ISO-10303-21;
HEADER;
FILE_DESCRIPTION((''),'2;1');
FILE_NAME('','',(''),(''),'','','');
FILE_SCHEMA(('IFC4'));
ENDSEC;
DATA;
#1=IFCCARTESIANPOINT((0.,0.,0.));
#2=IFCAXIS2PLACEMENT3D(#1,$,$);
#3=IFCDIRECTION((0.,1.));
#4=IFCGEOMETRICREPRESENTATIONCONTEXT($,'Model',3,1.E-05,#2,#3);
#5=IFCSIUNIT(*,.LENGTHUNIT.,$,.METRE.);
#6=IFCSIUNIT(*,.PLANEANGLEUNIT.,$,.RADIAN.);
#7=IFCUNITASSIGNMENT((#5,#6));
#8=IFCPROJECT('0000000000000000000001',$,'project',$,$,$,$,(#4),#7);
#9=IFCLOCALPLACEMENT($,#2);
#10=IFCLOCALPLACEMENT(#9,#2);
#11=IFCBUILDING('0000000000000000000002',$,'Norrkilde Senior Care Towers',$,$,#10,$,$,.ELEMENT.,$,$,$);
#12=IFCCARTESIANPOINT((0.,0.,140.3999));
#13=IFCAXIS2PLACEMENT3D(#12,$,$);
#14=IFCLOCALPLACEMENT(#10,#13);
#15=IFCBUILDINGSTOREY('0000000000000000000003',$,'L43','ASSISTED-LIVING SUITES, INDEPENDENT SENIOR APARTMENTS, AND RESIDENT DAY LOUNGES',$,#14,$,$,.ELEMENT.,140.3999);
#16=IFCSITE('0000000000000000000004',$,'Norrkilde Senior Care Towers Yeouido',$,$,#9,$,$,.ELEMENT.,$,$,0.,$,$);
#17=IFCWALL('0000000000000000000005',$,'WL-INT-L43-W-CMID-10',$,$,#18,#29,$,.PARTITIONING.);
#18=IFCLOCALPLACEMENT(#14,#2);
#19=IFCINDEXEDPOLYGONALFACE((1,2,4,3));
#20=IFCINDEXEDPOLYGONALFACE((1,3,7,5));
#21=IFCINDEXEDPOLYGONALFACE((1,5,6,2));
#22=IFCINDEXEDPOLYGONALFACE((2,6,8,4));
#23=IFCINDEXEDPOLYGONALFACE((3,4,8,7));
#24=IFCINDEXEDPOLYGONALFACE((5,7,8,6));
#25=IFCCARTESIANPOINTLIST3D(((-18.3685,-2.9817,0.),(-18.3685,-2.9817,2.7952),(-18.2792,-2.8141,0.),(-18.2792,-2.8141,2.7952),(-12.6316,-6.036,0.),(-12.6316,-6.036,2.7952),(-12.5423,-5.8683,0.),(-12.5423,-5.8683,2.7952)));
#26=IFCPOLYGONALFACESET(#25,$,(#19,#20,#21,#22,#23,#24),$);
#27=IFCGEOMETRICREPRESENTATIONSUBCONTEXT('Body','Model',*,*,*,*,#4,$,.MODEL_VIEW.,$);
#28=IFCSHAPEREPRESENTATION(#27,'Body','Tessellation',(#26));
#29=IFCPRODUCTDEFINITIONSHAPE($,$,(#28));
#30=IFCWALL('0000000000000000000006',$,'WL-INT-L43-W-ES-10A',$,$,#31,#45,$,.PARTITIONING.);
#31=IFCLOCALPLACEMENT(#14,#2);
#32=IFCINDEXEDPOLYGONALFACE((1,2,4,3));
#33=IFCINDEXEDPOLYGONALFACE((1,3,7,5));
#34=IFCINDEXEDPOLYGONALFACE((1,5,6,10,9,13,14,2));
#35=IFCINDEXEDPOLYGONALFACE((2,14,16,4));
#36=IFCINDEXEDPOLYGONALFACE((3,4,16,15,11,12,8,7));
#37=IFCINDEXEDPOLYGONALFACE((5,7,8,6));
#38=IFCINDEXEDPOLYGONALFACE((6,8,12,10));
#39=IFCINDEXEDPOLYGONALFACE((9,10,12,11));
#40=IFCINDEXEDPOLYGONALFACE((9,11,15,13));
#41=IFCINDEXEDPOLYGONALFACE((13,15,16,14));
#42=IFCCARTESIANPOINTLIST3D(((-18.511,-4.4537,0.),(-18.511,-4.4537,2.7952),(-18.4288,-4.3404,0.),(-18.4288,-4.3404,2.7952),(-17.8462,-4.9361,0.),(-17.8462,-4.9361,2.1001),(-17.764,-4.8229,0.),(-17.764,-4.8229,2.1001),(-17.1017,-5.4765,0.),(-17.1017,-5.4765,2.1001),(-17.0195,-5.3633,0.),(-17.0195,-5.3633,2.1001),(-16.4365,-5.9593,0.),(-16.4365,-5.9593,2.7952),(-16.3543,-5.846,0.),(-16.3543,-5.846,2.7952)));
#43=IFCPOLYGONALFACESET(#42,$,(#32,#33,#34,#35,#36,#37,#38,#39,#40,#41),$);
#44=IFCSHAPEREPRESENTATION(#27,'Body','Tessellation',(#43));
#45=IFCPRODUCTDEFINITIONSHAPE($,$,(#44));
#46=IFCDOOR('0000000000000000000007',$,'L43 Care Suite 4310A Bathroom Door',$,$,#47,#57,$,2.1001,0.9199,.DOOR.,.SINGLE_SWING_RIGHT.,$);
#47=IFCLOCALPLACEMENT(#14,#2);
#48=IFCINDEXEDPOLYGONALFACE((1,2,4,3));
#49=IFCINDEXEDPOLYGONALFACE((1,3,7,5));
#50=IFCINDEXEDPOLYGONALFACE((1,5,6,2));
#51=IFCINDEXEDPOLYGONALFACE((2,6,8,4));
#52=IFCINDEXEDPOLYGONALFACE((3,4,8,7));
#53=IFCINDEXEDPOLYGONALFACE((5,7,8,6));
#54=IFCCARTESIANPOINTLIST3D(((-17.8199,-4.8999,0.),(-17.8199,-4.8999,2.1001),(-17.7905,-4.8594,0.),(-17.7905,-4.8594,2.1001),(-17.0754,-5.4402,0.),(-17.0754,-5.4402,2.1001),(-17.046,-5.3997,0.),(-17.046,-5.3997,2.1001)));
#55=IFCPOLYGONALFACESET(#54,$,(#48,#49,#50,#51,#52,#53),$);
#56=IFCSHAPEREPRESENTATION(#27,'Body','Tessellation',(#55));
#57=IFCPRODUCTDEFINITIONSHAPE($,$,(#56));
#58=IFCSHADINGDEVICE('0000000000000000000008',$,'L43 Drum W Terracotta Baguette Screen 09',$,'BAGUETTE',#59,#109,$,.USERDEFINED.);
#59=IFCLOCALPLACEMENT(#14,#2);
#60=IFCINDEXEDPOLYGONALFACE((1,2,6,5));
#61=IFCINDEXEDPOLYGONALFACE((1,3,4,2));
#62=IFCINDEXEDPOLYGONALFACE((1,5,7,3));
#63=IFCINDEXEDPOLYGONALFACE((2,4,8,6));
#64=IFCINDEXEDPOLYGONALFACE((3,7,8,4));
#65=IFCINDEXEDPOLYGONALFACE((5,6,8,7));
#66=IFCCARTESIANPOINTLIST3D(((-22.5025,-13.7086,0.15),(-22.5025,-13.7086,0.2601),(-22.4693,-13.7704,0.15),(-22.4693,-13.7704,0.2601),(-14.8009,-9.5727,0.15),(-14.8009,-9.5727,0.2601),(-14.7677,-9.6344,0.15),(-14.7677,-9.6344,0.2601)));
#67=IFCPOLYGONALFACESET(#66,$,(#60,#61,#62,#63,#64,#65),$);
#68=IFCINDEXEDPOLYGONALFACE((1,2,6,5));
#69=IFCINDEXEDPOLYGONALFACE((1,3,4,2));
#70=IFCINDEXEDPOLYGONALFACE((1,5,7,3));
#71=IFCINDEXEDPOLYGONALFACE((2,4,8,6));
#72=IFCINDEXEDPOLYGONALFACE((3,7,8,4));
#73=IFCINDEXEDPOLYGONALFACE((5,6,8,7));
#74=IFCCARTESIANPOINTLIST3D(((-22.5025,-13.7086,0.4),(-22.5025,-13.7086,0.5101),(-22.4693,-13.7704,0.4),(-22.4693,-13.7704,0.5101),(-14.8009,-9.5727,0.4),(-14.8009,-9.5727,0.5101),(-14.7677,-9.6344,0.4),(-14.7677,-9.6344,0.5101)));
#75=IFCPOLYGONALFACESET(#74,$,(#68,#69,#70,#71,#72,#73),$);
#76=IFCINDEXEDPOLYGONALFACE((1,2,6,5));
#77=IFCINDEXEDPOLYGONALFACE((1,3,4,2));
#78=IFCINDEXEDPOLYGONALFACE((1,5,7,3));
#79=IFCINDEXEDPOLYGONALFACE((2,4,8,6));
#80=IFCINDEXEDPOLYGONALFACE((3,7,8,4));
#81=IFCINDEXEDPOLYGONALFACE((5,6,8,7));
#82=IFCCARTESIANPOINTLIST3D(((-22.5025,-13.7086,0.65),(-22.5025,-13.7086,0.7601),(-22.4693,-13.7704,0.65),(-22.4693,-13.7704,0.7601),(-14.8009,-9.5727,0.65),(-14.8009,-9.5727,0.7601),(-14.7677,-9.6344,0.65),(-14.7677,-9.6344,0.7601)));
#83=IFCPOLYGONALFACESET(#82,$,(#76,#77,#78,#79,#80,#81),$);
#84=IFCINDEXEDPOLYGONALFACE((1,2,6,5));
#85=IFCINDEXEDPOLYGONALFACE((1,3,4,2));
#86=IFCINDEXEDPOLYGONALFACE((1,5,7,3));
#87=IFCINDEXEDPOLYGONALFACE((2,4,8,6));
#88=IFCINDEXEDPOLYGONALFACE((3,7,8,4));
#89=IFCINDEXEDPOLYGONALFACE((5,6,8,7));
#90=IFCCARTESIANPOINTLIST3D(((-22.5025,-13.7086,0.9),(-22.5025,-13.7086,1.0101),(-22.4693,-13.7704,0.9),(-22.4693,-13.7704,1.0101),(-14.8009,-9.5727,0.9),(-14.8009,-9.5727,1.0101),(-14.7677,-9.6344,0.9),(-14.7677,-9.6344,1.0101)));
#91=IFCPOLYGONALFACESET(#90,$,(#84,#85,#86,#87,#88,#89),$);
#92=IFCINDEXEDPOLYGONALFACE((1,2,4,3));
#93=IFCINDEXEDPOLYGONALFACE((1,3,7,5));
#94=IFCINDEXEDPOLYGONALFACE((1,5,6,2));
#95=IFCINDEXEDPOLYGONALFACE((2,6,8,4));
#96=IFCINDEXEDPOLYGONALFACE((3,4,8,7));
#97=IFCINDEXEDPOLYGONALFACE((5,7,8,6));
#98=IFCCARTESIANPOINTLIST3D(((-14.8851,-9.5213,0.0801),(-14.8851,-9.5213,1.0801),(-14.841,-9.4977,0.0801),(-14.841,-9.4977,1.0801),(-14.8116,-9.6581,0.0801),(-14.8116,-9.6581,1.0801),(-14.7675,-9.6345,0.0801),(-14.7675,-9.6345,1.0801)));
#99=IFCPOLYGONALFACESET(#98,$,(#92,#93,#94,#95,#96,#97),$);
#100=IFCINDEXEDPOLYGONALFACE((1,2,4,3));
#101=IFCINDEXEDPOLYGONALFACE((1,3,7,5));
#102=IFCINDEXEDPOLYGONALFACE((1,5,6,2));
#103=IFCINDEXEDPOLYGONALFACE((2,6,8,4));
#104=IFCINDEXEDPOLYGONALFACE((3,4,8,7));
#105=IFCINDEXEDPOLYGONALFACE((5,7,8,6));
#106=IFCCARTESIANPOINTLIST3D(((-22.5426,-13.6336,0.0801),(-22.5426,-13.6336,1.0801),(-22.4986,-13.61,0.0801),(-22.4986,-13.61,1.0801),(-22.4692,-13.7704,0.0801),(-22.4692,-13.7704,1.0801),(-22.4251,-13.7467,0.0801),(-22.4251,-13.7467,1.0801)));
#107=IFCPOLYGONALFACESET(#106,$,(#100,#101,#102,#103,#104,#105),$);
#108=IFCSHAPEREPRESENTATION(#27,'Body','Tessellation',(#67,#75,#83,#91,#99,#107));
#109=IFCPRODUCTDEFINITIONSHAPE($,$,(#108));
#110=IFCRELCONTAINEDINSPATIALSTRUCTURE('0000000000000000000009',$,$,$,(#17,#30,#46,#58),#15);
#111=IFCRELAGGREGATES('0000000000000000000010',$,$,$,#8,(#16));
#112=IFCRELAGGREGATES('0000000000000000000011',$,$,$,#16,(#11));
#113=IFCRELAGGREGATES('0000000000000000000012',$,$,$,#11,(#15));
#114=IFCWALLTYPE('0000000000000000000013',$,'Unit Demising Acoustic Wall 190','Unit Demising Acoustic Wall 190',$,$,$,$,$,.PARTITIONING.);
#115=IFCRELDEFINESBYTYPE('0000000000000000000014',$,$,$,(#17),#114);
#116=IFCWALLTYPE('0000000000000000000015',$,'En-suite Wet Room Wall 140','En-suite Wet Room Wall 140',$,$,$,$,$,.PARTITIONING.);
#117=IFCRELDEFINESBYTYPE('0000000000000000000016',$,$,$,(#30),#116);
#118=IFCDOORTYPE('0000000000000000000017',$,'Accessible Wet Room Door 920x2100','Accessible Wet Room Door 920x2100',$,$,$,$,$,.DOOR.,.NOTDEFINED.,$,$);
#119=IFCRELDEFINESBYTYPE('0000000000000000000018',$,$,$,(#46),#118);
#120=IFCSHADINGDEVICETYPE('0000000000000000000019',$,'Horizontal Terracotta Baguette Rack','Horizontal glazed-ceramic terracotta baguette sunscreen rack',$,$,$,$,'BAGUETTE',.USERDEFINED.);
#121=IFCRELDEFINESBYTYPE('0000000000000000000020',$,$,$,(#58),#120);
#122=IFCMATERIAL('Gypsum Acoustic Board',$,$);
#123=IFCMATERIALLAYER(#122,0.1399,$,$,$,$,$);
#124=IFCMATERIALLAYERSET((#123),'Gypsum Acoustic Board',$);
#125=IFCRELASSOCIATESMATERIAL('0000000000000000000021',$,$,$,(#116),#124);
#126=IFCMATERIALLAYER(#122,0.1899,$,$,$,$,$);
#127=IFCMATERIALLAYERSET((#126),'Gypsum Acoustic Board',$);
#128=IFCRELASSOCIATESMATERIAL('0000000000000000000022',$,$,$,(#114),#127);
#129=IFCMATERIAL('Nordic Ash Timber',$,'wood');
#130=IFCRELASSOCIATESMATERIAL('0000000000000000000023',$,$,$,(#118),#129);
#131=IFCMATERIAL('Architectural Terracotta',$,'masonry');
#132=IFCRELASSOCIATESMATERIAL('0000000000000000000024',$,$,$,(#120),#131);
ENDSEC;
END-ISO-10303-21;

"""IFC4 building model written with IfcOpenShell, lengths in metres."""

from ifc_helpers import new_model, si_unit, direction, frame, frame_2d, origin, origin_2d, place, context, subcontext, project, spatial, rectangle, extrude, source, transform, mapped, material, layer, layer_set, type_object, type_shapes, element, fill, save


model = new_model("IFC4")

# Units and contexts
model_context = context("Model", 3, precision=1e-05, world=origin(), true_north=direction((0.0, 1.0)))
body_context = subcontext(model_context, "Body", "Model", "MODEL_VIEW")
ifc_project = project(units=[si_unit("LENGTHUNIT", "METRE"), si_unit("PLANEANGLEUNIT", "RADIAN")], contexts=[model_context])

# Site, building, storey
site_placement = place(None, origin())
site = spatial("IfcSite", under=ifc_project, at=site_placement, Name="Norrkilde Senior Care Towers Yeouido", CompositionType="ELEMENT", RefElevation=0.0)
building_placement = place(site_placement, origin())
building = spatial("IfcBuilding", under=site, at=building_placement, Name="Norrkilde Senior Care Towers", CompositionType="ELEMENT")
storey_placement = place(building_placement, frame((0.0, 0.0, 140.3999)))
storey = spatial("IfcBuildingStorey", under=building, at=storey_placement, Name="L43", Description="ASSISTED-LIVING SUITES, INDEPENDENT SENIOR APARTMENTS, AND RESIDENT DAY LOUNGES", CompositionType="ELEMENT", Elevation=140.3999)

# Shared definitions
ifc_material_1 = material(Name="Gypsum Acoustic Board")
ifc_layer_1 = layer(ifc_material_1, 0.1399)
ifc_layer_set_1 = layer_set([ifc_layer_1], Name="Gypsum Acoustic Board")
wall_type_1 = type_object("IfcWallType", Name="En-suite Wet Room Wall 140", Description="En-suite Wet Room Wall 140", PredefinedType="PARTITIONING", material=ifc_layer_set_1)

# Shared definitions
ifc_material_2 = material(Name="Nordic Ash Timber", Category="wood")

# Wall
ifc_layer_2 = layer(ifc_material_1, 0.1899)
ifc_layer_set_2 = layer_set([ifc_layer_2], Name="Gypsum Acoustic Board")
wall_type_2 = type_object("IfcWallType", Name="Unit Demising Acoustic Wall 190", Description="Unit Demising Acoustic Wall 190", PredefinedType="PARTITIONING", material=ifc_layer_set_2)
shared_shape_1 = source(origin(), body_context, "Body", "SweptSolid", [
    extrude(rectangle(XDim=6.4993, YDim=0.1899, at=frame_2d((3.2495, 0.0))), origin(), (0.0, 0.0, 1.0), 2.7952),
])
wall_1_placement = place(storey_placement, frame((-18.3237, -2.8979, 0.0), z_axis=(0.0, 0.0, 1.0), x_axis=(0.8827, -0.469937, 0.0)))
element("IfcWall", 1, at=wall_1_placement, inside=storey, type_object=wall_type_2, Name="WL-INT-L43-W-CMID-10", PredefinedType="PARTITIONING", context=body_context, shape_type="MappedRepresentation", body=[
    mapped(shared_shape_1, transform((0.0, 0.0, 0.0), x_axis=(1.0, 0.0, 0.0), y_axis=(0.0, 1.0, 0.0), z_axis=(0.0, 0.0, 1.0), scale=1.0)),
])

# Wall, opening, door
shared_shape_2 = source(origin(), body_context, "Body", "SweptSolid", [
    extrude(rectangle(XDim=2.5632, YDim=0.1399, at=frame_2d((1.2817, 0.0))), origin(), (0.0, 0.0, 1.0), 2.7952),
])
wall_2_placement = place(storey_placement, frame((-18.47, -4.397, 0.0), z_axis=(0.0, 0.0, 1.0), x_axis=(0.809308, -0.587384, 0.0)))
wall_2 = element("IfcWall", 2, at=wall_2_placement, inside=storey, type_object=wall_type_1, Name="WL-INT-L43-W-ES-10A", PredefinedType="PARTITIONING", context=body_context, shape_type="MappedRepresentation", body=[
    mapped(shared_shape_2, transform((0.0, 0.0, 0.0), x_axis=(1.0, 0.0, 0.0), y_axis=(0.0, 1.0, 0.0), z_axis=(0.0, 0.0, 1.0), scale=1.0)),
])
opening_1_placement = place(wall_2_placement, frame((0.8215, 0.0, 0.0)))
opening_1 = element("IfcOpeningElement", 3, at=opening_1_placement, cuts=wall_2, PredefinedType="OPENING", context=body_context, shape_type="SweptSolid", body=[
    extrude(rectangle(XDim=0.9199, YDim=2.1001, at=frame_2d((0.46, 1.05))), frame((0.0, 0.0798, 0.0), z_axis=(0.0, -1.0, 0.0), x_axis=(1.0, 0.0, 0.0)), (0.0, 0.0, 1.0), 0.1599),
])
door_type_1 = type_object("IfcDoorType", Name="Accessible Wet Room Door 920x2100", Description="Accessible Wet Room Door 920x2100", OperationType="NOTDEFINED", PredefinedType="DOOR", material=ifc_material_2)
shared_shape_3 = source(origin(), body_context, "Body", "SweptSolid", [
    extrude(rectangle(XDim=0.9199, YDim=2.1001, at=frame_2d((0.46, 1.05))), frame((0.0, 0.0249, 0.0), z_axis=(0.0, -1.0, 0.0), x_axis=(1.0, 0.0, 0.0)), (0.0, 0.0, 1.0), 0.05),
])
type_shapes(door_type_1, [shared_shape_3])
door_1_placement = place(opening_1_placement, origin())
door_1 = element("IfcDoor", 4, at=door_1_placement, inside=storey, type_object=door_type_1, Name="L43 Care Suite 4310A Bathroom Door", OperationType="SINGLE_SWING_RIGHT", OverallHeight=2.1001, OverallWidth=0.9199, PredefinedType="DOOR", context=body_context, shape_type="MappedRepresentation", body=[
    mapped(shared_shape_3, transform((0.0, 0.0, 0.0), x_axis=(1.0, 0.0, 0.0), y_axis=(0.0, 1.0, 0.0), z_axis=(0.0, 0.0, 1.0), scale=1.0)),
])
fill(opening_1, door_1)

# Shading device
ifc_material_3 = material(Name="Architectural Terracotta", Category="masonry")
shading_device_type = type_object("IfcShadingDeviceType", Name="Horizontal Terracotta Baguette Rack", Description="Horizontal glazed-ceramic terracotta baguette sunscreen rack", ElementType="BAGUETTE", PredefinedType="USERDEFINED", material=ifc_material_3)
shared_shape_4 = source(origin(), body_context, "Body", "SweptSolid", [
    extrude(rectangle(XDim=0.0701, YDim=0.1101, at=origin_2d()), frame((0.0, 0.0901, 0.125), z_axis=(1.0, 0.0, 0.0), x_axis=(0.0, 1.0, 0.0)), (0.0, 0.0, 1.0), 8.7419),
    extrude(rectangle(XDim=0.0701, YDim=0.1101, at=origin_2d()), frame((0.0, 0.0901, 0.375), z_axis=(1.0, 0.0, 0.0), x_axis=(0.0, 1.0, 0.0)), (0.0, 0.0, 1.0), 8.7419),
    extrude(rectangle(XDim=0.0701, YDim=0.1101, at=origin_2d()), frame((0.0, 0.0901, 0.625), z_axis=(1.0, 0.0, 0.0), x_axis=(0.0, 1.0, 0.0)), (0.0, 0.0, 1.0), 8.7419),
    extrude(rectangle(XDim=0.0701, YDim=0.1101, at=origin_2d()), frame((0.0, 0.0901, 0.875), z_axis=(1.0, 0.0, 0.0), x_axis=(0.0, 1.0, 0.0)), (0.0, 0.0, 1.0), 8.7419),
    extrude(rectangle(XDim=0.05, YDim=0.1553, at=origin_2d()), frame((0.0249, 0.0476, 0.0)), (0.0, 0.0, 1.0), 1.0),
    extrude(rectangle(XDim=0.05, YDim=0.1553, at=origin_2d()), frame((8.7168, 0.0476, 0.0)), (0.0, 0.0, 1.0), 1.0),
])
type_shapes(shading_device_type, [shared_shape_4])
shading_device_placement = place(storey_placement, frame((-14.8269, -9.5242, 0.0801), z_axis=(0.0, 0.0, 1.0), x_axis=(-0.881001, -0.47312, 0.0)))
element("IfcShadingDevice", 5, at=shading_device_placement, inside=storey, type_object=shading_device_type, Name="L43 Drum W Terracotta Baguette Screen 09", ObjectType="BAGUETTE", PredefinedType="USERDEFINED", context=body_context, shape_type="MappedRepresentation", body=[
    mapped(shared_shape_4, transform((0.0, 0.0, 0.0), x_axis=(1.0, 0.0, 0.0), y_axis=(0.0, 1.0, 0.0), z_axis=(0.0, 0.0, 1.0), scale=1.0)),
])

save(model, "model.ifc")
